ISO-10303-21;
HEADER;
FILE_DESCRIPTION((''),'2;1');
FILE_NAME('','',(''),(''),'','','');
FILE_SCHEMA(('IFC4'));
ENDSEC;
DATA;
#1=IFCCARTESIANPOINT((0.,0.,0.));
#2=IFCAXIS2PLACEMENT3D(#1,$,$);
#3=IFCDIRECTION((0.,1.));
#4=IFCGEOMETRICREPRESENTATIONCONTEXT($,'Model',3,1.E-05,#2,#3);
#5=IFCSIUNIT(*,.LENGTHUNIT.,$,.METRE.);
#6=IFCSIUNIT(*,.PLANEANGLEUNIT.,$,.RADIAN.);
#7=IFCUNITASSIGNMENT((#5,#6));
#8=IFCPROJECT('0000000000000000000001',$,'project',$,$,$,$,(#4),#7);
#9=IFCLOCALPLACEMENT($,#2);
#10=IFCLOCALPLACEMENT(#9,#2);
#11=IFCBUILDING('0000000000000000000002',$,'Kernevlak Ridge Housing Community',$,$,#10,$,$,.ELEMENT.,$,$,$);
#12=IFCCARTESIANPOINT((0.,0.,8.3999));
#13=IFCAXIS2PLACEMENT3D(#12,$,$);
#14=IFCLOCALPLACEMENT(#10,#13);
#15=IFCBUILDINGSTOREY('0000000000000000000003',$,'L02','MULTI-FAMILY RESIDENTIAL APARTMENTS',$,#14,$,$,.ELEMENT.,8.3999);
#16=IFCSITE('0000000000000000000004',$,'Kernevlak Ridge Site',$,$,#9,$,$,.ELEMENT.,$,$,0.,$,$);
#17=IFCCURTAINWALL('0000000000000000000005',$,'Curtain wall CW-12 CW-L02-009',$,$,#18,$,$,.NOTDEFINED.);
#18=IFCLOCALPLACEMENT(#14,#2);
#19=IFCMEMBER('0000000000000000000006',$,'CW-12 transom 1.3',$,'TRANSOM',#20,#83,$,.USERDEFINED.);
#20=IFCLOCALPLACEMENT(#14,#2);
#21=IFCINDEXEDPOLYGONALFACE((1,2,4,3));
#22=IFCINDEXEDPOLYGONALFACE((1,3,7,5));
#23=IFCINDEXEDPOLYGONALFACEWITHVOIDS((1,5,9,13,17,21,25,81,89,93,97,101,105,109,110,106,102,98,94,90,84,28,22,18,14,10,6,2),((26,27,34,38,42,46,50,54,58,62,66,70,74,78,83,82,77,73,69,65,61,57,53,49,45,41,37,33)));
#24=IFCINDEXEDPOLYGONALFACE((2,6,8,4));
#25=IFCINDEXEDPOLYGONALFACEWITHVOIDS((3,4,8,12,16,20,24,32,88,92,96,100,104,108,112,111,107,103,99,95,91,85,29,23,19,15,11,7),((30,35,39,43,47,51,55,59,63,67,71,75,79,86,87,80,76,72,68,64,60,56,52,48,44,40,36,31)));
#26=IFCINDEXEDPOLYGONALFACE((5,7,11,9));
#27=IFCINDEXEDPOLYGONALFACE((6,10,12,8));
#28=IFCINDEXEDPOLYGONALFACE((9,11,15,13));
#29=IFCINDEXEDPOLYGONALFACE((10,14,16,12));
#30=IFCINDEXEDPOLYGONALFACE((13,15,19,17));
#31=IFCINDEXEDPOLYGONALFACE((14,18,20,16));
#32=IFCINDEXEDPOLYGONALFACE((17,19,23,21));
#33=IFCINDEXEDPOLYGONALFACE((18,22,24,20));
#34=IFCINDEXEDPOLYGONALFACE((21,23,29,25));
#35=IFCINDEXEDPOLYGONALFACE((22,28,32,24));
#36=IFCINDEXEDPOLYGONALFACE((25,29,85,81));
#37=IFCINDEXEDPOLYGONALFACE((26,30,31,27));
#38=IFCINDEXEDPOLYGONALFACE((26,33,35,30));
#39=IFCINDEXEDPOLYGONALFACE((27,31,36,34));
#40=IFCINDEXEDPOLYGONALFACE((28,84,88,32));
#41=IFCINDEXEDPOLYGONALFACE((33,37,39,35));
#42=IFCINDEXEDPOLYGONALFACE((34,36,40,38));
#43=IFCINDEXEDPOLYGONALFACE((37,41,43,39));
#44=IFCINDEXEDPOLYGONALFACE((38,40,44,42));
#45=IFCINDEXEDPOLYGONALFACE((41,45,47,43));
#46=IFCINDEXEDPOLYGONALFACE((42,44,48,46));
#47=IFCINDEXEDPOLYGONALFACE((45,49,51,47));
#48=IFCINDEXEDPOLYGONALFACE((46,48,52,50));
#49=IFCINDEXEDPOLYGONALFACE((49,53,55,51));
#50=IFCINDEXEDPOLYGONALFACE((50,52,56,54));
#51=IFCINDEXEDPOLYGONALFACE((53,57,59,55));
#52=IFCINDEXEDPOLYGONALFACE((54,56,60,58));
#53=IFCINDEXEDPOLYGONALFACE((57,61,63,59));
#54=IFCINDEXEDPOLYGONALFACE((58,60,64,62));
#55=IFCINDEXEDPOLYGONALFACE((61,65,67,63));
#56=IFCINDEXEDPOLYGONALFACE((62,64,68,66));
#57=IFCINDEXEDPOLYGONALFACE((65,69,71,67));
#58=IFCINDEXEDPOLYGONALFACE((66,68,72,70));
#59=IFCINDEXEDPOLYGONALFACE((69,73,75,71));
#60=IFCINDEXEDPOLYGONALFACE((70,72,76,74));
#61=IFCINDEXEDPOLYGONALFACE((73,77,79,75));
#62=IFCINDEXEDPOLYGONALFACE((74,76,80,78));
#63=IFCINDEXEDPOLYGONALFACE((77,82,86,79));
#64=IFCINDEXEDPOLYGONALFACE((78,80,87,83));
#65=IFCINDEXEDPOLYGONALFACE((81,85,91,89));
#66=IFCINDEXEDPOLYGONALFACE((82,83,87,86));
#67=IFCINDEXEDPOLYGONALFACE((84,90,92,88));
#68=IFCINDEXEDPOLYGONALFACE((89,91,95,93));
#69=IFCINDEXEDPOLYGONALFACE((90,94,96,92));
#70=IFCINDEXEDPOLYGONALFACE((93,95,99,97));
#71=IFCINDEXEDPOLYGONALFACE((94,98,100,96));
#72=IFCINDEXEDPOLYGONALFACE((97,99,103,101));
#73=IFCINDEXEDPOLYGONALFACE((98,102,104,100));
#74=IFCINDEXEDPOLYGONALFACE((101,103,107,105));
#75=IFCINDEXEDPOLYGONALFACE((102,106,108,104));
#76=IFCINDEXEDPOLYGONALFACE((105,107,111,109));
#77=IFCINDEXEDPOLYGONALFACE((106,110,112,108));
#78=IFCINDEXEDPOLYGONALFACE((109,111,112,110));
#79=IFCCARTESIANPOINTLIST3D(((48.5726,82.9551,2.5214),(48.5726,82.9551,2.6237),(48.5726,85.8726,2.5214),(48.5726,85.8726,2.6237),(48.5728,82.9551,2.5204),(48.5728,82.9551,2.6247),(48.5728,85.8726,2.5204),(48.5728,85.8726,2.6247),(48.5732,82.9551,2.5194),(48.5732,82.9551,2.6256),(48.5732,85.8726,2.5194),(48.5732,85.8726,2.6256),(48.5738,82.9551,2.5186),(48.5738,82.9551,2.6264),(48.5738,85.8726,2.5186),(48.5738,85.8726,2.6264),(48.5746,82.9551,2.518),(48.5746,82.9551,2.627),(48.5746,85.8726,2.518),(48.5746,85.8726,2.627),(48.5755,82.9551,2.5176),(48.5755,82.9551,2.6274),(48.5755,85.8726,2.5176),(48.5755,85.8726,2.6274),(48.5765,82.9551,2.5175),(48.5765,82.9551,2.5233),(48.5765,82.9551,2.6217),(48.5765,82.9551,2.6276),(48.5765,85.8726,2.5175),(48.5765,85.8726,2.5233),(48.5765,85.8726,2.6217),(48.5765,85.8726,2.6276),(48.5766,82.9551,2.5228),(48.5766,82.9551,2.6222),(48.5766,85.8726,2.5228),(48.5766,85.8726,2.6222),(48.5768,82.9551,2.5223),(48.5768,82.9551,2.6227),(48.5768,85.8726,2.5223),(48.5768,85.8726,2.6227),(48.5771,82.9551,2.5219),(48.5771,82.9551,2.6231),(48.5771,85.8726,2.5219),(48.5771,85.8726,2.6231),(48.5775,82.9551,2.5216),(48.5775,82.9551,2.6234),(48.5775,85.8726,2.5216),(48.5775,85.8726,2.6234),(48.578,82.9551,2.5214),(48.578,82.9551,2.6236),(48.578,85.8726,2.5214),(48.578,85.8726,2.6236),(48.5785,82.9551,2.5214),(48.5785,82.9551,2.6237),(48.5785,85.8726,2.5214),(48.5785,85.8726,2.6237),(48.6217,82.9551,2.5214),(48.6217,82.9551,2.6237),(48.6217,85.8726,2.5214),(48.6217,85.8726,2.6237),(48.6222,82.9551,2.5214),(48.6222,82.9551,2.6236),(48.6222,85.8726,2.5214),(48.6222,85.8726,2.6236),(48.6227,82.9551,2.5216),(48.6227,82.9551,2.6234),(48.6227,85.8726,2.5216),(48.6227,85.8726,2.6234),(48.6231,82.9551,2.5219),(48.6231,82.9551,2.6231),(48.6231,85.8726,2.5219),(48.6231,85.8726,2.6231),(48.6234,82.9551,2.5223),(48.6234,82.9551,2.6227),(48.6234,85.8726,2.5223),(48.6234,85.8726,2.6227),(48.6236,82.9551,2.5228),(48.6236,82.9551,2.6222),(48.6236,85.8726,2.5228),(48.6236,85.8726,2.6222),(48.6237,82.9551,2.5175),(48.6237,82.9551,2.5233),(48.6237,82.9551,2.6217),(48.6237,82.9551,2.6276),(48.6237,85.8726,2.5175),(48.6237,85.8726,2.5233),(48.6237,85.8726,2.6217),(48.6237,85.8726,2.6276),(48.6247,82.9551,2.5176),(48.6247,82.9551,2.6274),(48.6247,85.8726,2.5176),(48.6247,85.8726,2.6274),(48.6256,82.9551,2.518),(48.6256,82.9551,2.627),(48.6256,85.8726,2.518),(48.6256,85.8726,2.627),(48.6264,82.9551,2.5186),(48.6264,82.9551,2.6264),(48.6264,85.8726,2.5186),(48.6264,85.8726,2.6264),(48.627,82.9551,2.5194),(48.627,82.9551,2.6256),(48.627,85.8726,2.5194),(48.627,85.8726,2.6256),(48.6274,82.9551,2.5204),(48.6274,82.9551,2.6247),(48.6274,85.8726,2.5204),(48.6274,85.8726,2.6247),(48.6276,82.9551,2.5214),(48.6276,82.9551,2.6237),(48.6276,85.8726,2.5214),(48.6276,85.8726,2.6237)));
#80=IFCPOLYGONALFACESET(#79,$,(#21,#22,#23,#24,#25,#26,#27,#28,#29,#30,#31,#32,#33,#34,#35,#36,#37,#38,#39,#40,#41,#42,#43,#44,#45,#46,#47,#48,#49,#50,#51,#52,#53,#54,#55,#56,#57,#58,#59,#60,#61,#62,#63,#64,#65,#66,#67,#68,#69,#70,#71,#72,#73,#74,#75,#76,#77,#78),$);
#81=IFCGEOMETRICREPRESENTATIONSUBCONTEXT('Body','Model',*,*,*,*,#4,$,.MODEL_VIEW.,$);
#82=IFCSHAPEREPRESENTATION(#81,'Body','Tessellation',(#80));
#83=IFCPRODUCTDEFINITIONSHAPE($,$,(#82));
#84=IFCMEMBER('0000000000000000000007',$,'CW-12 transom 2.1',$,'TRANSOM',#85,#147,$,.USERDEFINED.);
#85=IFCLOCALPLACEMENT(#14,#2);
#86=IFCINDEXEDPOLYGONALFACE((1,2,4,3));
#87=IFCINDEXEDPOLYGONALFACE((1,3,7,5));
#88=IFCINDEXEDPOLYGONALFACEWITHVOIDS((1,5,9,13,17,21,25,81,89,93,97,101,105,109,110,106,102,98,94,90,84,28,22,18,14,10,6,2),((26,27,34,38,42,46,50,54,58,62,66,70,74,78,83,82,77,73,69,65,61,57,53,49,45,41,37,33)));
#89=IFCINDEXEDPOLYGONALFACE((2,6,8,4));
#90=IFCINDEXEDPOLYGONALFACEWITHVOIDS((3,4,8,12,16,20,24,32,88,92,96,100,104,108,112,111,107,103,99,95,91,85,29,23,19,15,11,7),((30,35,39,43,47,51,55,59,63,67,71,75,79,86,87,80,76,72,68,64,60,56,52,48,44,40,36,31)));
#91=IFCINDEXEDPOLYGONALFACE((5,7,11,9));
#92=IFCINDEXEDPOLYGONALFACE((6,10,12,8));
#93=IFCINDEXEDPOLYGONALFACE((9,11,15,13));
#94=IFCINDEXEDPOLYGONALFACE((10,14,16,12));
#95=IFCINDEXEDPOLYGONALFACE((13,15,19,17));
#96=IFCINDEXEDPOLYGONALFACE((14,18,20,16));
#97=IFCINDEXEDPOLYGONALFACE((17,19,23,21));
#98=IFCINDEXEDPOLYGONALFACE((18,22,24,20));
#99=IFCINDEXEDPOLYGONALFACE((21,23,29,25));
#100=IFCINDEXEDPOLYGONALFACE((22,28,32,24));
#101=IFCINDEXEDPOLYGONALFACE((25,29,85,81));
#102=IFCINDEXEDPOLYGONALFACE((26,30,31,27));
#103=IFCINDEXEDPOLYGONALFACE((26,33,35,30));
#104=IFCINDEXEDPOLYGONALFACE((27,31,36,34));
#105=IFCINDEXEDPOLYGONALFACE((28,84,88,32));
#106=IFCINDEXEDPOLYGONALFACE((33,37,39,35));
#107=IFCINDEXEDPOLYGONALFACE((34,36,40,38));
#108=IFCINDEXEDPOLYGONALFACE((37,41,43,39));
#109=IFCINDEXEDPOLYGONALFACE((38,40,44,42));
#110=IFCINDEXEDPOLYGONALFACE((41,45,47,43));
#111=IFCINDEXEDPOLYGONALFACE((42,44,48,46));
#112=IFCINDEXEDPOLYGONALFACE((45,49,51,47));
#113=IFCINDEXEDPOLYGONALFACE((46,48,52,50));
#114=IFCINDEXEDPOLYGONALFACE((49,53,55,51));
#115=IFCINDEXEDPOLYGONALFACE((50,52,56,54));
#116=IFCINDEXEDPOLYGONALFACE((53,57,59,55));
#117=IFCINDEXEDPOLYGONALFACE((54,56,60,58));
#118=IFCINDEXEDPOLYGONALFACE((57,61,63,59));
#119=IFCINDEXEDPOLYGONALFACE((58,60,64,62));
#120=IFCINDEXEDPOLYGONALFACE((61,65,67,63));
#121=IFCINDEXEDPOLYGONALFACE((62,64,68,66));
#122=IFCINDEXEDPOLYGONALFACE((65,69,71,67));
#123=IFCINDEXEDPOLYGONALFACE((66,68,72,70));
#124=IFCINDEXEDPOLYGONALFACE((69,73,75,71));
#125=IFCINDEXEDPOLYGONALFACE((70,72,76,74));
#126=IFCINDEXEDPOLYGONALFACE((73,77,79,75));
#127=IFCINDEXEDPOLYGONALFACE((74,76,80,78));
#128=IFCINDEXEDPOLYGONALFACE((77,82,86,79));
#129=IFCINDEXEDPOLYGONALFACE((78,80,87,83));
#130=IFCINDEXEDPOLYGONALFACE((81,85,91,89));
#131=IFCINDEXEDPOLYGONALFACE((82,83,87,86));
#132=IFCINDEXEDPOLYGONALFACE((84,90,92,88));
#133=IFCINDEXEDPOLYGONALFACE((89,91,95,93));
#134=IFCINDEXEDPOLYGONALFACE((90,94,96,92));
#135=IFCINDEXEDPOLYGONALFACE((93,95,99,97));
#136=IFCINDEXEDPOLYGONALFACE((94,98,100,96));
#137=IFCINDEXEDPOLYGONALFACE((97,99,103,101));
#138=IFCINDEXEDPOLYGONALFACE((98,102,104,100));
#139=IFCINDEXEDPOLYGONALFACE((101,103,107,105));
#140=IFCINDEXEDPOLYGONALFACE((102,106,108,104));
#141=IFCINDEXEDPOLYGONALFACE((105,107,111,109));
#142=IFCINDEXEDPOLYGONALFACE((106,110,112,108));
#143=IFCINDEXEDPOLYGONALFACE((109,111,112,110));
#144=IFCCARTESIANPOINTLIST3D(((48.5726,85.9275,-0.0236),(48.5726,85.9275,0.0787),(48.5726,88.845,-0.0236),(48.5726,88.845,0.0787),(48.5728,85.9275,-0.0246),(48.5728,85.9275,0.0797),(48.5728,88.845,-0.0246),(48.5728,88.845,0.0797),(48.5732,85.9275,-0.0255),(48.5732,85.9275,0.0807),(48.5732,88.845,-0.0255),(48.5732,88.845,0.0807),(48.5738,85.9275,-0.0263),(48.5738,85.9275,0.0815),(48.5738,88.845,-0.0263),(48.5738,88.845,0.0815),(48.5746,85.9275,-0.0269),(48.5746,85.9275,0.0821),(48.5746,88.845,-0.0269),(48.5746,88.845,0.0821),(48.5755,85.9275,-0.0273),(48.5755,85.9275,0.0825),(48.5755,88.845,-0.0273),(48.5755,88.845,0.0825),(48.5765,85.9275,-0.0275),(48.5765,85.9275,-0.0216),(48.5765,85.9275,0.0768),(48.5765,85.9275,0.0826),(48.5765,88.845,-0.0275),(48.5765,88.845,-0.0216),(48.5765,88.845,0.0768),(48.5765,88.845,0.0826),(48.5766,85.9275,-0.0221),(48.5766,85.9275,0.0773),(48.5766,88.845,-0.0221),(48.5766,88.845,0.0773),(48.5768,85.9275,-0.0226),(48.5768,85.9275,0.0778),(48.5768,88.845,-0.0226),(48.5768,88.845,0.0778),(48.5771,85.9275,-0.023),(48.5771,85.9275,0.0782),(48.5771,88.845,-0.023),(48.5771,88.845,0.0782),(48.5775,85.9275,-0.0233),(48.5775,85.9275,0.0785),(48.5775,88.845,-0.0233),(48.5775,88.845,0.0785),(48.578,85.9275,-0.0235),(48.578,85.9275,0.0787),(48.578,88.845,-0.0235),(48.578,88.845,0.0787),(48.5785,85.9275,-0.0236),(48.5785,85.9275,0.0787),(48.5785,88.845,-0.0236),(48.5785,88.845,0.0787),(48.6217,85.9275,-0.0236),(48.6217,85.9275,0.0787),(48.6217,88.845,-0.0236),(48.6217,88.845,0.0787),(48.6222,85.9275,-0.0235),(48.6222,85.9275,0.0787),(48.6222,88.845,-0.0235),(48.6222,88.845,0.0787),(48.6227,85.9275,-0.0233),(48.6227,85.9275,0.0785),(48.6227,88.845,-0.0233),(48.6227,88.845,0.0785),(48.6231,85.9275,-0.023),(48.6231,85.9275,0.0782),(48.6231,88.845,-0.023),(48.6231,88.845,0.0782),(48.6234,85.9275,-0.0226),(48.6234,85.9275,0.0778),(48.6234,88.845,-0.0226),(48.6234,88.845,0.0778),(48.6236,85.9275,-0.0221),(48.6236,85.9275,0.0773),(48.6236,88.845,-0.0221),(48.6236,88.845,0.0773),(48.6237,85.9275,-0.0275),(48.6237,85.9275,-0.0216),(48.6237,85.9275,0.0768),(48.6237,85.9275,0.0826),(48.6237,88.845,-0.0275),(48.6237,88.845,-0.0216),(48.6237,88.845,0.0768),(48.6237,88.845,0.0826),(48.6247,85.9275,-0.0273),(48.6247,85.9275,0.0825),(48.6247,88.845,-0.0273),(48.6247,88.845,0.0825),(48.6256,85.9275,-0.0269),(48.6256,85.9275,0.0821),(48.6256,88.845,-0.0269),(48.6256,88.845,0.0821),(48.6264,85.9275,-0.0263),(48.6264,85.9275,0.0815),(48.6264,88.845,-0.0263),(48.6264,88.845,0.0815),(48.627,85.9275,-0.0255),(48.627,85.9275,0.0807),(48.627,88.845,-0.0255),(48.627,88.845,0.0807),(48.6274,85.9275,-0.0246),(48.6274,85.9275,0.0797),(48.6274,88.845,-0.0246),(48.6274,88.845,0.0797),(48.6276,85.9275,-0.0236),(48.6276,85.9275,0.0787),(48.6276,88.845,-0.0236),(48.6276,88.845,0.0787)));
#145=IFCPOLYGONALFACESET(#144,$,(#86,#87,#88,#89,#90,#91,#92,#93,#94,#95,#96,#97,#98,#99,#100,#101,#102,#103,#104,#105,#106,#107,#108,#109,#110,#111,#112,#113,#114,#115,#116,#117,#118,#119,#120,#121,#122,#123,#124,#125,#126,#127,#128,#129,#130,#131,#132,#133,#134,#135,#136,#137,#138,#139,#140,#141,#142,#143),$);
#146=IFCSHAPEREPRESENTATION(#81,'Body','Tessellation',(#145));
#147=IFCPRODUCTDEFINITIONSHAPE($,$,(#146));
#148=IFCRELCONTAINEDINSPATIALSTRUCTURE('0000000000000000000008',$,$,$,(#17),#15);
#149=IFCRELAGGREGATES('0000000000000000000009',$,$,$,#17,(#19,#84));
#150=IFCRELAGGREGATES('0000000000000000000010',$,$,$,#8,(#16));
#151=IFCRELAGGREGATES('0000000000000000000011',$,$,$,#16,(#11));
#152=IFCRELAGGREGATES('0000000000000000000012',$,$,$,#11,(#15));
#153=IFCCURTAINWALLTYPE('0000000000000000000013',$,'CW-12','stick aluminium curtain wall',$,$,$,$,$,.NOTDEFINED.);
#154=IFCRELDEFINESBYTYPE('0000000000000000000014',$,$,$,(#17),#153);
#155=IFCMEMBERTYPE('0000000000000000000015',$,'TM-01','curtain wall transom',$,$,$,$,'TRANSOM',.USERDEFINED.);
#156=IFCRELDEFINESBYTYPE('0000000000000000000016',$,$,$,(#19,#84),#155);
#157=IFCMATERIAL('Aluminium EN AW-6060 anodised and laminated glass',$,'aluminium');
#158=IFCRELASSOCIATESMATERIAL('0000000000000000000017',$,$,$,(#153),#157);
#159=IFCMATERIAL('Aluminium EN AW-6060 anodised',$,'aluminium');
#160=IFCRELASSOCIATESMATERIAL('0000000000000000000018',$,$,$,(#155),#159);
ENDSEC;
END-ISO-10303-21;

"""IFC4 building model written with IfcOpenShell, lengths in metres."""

from ifc_helpers import new_model, si_unit, direction, frame, origin, origin_2d, place, context, subcontext, project, spatial, hollow_rectangle, extrude, material, material_profile, profile_set, type_object, element, aggregate, save


model = new_model("IFC4")

# Units and contexts
model_context = context("Model", 3, precision=1e-05, world=origin(), true_north=direction((0.0, 1.0)))
body_context = subcontext(model_context, "Body", "Model", "MODEL_VIEW")
ifc_project = project(units=[si_unit("LENGTHUNIT", "METRE"), si_unit("PLANEANGLEUNIT", "RADIAN")], contexts=[model_context])

# Site, building, storey
site_placement = place(None, origin())
site = spatial("IfcSite", under=ifc_project, at=site_placement, Name="Kernevlak Ridge Site", CompositionType="ELEMENT", RefElevation=0.0)
building_placement = place(site_placement, origin())
building = spatial("IfcBuilding", under=site, at=building_placement, Name="Kernevlak Ridge Housing Community", CompositionType="ELEMENT")
storey_placement = place(building_placement, frame((0.0, 0.0, 8.3999)))
storey = spatial("IfcBuildingStorey", under=building, at=storey_placement, Name="L02", Description="MULTI-FAMILY RESIDENTIAL APARTMENTS", CompositionType="ELEMENT", Elevation=8.3999)

# Curtain wall, members
ifc_material_1 = material(Name="Aluminium EN AW-6060 anodised and laminated glass", Category="aluminium")
curtain_wall_type = type_object("IfcCurtainWallType", Name="CW-12", Description="stick aluminium curtain wall", PredefinedType="NOTDEFINED", material=ifc_material_1)
curtain_wall_placement = place(storey_placement, origin())
curtain_wall = element("IfcCurtainWall", 1, at=curtain_wall_placement, inside=storey, type_object=curtain_wall_type, Name="Curtain wall CW-12 CW-L02-009", PredefinedType="NOTDEFINED")
ifc_material_2 = material(Name="Aluminium EN AW-6060 anodised", Category="aluminium")
ifc_material_profile_1 = material_profile(ifc_material_2, hollow_rectangle(XDim=0.0549, YDim=0.1101, WallThickness=0.0039, InnerFilletRadius=0.002, OuterFilletRadius=0.0039, at=origin_2d()), Name="ALU 55x110x4")
ifc_profile_set_1 = profile_set([ifc_material_profile_1], Name="Aluminium EN AW-6060 anodised")
member_type = type_object("IfcMemberType", Name="TM-01", Description="curtain wall transom", ElementType="TRANSOM", PredefinedType="USERDEFINED", material=ifc_profile_set_1)
member_1_placement = place(storey_placement, frame((48.6001, 82.9551, 2.5725), z_axis=(0.0, 1.0, 0.0), x_axis=(-1.0, 0.0, 0.0)))
member_1 = element("IfcMember", 2, at=member_1_placement, type_object=member_type, Name="CW-12 transom 1.3", ObjectType="TRANSOM", PredefinedType="USERDEFINED", context=body_context, shape_type="SweptSolid", body=[
    extrude(hollow_rectangle(XDim=0.0549, YDim=0.1101, WallThickness=0.0039, InnerFilletRadius=0.002, OuterFilletRadius=0.0039, at=origin_2d()), origin(), (0.0, 0.0, 1.0), 2.9175),
])
member_2_placement = place(storey_placement, frame((48.6001, 85.9275, 0.0276), z_axis=(0.0, 1.0, 0.0), x_axis=(-1.0, 0.0, 0.0)))
member_2 = element("IfcMember", 3, at=member_2_placement, type_object=member_type, Name="CW-12 transom 2.1", ObjectType="TRANSOM", PredefinedType="USERDEFINED", context=body_context, shape_type="SweptSolid", body=[
    extrude(hollow_rectangle(XDim=0.0549, YDim=0.1101, WallThickness=0.0039, InnerFilletRadius=0.002, OuterFilletRadius=0.0039, at=origin_2d()), origin(), (0.0, 0.0, 1.0), 2.9175),
])
aggregate(curtain_wall, [member_1, member_2])

save(model, "model.ifc")
